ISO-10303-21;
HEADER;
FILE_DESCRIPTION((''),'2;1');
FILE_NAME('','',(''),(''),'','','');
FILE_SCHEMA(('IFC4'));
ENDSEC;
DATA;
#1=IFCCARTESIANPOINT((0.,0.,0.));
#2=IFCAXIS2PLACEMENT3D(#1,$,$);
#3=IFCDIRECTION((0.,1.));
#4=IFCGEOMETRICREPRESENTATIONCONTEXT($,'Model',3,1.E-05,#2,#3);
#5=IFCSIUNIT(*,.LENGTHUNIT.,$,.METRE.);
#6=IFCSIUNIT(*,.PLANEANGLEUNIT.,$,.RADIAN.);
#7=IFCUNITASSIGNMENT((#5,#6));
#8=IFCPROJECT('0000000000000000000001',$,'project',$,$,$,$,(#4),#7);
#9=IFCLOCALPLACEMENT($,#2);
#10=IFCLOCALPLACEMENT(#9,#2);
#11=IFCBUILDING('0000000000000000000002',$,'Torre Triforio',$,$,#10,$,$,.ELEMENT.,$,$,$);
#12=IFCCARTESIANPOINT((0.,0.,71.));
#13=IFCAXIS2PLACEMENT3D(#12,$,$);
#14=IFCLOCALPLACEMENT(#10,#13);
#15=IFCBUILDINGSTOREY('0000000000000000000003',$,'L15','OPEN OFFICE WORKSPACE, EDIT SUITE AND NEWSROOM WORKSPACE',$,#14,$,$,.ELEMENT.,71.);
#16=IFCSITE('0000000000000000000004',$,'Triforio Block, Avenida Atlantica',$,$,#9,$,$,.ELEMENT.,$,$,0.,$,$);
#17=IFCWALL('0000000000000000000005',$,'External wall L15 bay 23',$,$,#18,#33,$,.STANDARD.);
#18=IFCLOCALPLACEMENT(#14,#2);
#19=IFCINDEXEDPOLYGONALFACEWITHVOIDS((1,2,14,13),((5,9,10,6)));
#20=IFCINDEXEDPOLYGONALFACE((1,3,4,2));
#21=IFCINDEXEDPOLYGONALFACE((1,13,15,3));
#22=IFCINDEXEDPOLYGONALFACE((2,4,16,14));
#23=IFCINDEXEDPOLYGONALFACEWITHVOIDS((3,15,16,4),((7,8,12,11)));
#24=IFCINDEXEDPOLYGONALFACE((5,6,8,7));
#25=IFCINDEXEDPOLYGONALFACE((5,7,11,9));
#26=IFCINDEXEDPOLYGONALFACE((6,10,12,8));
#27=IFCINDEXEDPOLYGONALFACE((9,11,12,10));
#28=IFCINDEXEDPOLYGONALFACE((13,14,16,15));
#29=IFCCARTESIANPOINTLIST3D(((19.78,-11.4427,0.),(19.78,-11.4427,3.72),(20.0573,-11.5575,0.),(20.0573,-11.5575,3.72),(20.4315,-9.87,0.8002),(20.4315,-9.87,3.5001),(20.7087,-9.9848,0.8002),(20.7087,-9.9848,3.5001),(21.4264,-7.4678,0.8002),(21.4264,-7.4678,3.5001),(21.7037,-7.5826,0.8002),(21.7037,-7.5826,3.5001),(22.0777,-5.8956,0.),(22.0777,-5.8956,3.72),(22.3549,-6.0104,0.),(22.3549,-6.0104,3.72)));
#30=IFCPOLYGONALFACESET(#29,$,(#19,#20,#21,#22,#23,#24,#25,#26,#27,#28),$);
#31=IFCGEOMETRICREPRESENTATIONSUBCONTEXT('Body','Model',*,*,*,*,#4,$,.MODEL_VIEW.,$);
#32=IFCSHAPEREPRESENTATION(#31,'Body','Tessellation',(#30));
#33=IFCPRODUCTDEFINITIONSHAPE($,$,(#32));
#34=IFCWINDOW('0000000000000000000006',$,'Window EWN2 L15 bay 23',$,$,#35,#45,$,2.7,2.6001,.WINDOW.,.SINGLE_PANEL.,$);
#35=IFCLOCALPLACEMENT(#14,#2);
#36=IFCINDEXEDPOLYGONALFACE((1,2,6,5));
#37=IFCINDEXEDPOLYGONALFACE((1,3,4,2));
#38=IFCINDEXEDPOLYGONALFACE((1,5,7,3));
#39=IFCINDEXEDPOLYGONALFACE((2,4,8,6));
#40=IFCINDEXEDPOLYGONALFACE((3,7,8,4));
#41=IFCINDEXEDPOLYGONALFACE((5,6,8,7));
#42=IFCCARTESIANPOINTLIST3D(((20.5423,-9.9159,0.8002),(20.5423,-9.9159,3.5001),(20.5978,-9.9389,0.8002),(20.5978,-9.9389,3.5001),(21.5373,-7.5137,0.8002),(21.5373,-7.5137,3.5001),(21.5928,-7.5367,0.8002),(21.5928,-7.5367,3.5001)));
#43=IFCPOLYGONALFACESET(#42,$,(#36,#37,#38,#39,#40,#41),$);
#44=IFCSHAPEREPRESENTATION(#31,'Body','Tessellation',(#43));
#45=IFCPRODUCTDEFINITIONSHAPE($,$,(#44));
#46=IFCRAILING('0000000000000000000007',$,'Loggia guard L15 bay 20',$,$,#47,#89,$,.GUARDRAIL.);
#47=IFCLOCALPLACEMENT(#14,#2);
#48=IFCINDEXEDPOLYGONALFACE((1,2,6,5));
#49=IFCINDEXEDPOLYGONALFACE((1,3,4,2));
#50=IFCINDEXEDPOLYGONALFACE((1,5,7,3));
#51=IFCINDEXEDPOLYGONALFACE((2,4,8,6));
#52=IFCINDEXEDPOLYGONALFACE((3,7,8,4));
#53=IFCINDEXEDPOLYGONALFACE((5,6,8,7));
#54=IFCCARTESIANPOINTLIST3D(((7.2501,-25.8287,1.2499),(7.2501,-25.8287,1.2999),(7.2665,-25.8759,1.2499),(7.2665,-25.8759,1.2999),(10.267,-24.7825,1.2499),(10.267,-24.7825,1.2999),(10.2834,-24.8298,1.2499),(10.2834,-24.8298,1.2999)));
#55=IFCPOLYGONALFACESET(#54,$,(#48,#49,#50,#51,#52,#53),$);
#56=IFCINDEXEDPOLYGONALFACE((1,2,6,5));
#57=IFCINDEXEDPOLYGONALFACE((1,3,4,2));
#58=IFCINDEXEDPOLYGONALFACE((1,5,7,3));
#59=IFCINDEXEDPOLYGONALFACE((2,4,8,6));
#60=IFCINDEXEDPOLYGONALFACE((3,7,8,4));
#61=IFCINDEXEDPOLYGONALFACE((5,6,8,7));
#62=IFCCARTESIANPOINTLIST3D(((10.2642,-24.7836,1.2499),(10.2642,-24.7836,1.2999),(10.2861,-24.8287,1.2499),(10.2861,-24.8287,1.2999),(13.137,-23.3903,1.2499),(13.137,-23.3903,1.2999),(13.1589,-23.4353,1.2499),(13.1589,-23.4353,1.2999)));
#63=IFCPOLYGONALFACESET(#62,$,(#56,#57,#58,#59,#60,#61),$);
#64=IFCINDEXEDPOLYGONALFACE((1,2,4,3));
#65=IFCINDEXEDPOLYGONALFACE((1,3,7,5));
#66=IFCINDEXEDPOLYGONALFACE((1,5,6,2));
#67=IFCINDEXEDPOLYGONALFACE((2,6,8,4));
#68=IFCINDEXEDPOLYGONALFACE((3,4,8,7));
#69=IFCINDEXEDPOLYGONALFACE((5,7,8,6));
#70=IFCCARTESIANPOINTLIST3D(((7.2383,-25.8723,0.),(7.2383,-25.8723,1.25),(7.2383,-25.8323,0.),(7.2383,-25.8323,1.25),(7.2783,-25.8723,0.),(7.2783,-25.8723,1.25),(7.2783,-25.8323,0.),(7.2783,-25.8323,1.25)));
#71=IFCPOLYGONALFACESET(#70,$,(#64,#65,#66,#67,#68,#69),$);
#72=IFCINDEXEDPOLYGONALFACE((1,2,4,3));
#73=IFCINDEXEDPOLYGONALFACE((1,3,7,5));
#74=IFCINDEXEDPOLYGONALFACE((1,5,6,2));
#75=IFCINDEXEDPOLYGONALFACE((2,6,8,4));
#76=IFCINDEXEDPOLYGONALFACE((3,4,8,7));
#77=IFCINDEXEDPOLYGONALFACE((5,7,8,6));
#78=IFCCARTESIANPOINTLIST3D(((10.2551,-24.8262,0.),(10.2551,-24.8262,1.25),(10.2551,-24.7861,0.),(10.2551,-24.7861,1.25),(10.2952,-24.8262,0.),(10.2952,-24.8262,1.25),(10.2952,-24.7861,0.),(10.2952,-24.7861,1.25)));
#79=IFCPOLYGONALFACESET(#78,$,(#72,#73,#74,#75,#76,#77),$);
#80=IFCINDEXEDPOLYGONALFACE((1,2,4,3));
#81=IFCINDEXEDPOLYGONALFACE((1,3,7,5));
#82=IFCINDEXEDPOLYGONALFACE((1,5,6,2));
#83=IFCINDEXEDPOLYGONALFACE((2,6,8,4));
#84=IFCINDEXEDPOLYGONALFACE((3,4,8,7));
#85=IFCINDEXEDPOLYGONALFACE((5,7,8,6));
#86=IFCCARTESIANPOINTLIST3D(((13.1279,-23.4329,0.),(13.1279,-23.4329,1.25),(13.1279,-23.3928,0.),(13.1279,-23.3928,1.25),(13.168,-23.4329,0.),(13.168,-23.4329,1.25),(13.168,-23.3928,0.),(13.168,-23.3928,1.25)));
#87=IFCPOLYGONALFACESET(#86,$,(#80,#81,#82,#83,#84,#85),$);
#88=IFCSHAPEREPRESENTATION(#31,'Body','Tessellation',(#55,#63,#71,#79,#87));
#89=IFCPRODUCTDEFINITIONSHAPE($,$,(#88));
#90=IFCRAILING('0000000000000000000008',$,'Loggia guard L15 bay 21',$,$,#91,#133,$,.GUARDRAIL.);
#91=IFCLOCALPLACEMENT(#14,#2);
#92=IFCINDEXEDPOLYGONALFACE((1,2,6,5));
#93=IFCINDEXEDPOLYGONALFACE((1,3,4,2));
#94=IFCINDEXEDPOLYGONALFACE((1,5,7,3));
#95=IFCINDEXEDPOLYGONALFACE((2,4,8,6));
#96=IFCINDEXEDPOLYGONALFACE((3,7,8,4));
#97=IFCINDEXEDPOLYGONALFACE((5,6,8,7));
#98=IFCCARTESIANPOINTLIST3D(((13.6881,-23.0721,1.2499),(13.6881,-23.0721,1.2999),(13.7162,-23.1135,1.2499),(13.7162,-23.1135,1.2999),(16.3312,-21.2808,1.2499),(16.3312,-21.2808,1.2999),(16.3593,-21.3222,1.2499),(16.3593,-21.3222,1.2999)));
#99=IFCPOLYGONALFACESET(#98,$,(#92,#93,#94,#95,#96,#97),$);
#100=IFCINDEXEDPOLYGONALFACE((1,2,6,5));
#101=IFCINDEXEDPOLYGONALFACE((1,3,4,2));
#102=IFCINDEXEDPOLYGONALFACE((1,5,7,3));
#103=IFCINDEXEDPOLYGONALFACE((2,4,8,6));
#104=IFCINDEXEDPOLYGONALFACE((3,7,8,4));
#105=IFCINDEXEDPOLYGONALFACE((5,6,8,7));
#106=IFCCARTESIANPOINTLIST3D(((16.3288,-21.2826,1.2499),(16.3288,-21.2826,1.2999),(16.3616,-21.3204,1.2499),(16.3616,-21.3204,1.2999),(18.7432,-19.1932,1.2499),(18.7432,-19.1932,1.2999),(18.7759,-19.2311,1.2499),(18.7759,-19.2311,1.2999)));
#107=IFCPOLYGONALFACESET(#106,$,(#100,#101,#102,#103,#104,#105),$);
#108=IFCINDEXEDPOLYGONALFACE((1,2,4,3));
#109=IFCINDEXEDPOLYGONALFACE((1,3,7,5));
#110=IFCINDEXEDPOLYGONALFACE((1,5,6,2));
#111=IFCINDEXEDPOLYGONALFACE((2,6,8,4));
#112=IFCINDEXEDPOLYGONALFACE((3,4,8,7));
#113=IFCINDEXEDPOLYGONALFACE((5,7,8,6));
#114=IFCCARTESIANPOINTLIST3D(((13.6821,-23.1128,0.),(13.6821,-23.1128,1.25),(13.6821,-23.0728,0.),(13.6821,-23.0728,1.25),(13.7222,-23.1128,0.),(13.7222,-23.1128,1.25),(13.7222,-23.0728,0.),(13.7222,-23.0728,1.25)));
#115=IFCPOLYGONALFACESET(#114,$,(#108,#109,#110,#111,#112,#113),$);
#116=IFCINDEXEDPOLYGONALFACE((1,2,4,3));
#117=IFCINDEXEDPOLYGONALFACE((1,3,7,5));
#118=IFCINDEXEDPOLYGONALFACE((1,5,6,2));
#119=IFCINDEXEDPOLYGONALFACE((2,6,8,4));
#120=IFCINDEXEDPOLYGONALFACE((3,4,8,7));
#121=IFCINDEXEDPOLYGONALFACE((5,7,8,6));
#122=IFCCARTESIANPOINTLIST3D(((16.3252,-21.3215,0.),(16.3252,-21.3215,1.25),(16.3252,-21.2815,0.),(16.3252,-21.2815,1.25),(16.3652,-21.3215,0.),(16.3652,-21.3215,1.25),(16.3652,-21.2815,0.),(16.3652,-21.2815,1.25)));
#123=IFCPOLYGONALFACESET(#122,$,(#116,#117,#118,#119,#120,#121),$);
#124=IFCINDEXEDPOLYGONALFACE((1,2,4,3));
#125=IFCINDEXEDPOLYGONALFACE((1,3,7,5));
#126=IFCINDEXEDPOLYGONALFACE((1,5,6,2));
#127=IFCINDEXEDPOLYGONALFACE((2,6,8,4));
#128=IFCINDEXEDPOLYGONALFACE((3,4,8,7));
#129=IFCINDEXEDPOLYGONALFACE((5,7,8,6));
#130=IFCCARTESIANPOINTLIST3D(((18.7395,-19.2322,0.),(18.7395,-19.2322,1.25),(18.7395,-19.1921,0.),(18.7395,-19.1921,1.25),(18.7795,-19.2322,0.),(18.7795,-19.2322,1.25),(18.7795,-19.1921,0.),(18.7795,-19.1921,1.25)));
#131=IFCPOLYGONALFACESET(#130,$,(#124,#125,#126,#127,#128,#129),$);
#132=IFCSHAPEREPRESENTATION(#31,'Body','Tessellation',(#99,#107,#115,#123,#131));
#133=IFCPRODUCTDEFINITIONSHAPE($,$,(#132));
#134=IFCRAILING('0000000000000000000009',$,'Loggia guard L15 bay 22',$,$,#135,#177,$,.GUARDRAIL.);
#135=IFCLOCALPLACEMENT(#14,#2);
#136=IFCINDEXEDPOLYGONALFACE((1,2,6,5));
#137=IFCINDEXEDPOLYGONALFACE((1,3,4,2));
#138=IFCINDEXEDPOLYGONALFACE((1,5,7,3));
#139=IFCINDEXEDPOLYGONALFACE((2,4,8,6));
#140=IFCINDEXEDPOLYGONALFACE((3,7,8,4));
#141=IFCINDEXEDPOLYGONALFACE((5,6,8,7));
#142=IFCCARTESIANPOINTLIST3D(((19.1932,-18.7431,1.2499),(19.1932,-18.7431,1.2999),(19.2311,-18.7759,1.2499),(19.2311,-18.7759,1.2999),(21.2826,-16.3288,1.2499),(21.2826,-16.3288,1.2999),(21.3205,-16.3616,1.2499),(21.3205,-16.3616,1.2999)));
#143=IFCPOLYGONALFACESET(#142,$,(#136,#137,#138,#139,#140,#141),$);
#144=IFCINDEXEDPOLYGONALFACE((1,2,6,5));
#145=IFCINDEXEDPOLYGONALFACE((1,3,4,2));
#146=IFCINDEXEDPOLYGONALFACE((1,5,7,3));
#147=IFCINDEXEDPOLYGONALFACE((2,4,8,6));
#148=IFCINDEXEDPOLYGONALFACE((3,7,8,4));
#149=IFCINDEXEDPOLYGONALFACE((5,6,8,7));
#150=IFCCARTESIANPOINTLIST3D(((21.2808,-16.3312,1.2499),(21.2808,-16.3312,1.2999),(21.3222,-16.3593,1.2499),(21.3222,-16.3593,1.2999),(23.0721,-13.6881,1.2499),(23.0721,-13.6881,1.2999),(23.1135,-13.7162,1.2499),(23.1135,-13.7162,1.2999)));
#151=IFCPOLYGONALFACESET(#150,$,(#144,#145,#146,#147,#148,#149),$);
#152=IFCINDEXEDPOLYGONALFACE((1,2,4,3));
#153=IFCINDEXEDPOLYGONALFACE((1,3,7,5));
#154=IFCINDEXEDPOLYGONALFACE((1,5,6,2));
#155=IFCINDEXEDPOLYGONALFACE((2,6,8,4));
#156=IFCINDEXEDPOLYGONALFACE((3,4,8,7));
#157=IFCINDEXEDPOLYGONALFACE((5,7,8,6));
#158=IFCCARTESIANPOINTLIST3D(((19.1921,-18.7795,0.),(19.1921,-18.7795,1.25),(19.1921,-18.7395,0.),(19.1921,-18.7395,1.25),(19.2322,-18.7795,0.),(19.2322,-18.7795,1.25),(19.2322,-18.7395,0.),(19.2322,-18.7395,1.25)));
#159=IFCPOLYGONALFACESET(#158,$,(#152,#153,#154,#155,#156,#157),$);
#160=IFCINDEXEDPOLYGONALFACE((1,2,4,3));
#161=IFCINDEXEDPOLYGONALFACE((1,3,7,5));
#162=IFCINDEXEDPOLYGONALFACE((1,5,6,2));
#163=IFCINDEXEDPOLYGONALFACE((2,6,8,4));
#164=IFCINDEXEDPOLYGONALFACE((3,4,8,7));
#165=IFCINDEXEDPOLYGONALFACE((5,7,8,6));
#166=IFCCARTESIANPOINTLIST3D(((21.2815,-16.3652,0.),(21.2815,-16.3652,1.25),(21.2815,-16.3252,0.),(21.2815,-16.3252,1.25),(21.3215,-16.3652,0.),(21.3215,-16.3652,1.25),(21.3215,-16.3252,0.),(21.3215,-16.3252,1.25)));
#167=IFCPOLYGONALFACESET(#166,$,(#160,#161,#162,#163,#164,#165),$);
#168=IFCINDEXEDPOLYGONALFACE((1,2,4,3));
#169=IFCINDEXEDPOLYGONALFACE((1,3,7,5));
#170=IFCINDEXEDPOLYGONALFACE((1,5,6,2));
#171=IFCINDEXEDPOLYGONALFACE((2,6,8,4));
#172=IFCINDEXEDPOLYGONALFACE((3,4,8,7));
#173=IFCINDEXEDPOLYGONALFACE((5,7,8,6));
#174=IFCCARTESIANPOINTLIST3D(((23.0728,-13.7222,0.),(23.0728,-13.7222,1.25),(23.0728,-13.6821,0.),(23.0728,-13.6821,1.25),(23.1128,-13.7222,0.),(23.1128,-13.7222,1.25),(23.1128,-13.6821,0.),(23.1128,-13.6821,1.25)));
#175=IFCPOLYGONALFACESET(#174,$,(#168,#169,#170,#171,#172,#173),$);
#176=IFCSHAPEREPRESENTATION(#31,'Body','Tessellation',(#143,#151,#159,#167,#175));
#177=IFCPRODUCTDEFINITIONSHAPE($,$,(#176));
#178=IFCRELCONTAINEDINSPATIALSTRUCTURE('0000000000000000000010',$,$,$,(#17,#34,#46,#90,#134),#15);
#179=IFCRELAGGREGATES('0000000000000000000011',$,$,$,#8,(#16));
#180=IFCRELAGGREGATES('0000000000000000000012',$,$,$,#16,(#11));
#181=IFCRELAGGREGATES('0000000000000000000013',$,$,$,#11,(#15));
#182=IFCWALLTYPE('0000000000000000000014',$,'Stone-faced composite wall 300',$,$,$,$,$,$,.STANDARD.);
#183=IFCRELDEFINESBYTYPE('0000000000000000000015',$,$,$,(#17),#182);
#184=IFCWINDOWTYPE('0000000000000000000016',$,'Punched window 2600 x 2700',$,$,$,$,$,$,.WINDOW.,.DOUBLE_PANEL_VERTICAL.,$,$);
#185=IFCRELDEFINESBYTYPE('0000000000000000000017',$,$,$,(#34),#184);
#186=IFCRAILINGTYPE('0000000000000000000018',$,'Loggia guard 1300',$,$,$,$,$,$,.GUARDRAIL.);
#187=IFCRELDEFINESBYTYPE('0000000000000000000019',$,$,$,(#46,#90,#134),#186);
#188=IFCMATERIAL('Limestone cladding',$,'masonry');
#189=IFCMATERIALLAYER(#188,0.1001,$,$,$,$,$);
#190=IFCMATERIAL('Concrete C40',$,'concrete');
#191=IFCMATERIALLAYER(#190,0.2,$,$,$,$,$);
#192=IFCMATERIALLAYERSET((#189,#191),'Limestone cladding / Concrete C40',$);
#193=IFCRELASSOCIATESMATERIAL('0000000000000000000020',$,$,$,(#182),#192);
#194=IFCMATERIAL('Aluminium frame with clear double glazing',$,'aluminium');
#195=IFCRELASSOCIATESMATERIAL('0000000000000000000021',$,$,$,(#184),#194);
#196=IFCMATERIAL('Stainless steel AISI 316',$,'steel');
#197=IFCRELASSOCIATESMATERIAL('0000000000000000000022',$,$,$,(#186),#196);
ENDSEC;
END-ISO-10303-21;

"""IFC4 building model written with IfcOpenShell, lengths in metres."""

from ifc_helpers import new_model, si_unit, direction, frame, frame_2d, origin, origin_2d, place, context, subcontext, project, spatial, rectangle, extrude, material, layer, layer_set, type_object, element, fill, save


model = new_model("IFC4")

# Units and contexts
model_context = context("Model", 3, precision=1e-05, world=origin(), true_north=direction((0.0, 1.0)))
body_context = subcontext(model_context, "Body", "Model", "MODEL_VIEW")
ifc_project = project(units=[si_unit("LENGTHUNIT", "METRE"), si_unit("PLANEANGLEUNIT", "RADIAN")], contexts=[model_context])

# Site, building, storey
site_placement = place(None, origin())
site = spatial("IfcSite", under=ifc_project, at=site_placement, Name="Triforio Block, Avenida Atlantica", CompositionType="ELEMENT", RefElevation=0.0)
building_placement = place(site_placement, origin())
building = spatial("IfcBuilding", under=site, at=building_placement, Name="Torre Triforio", CompositionType="ELEMENT")
storey_placement = place(building_placement, frame((0.0, 0.0, 71.0)))
storey = spatial("IfcBuildingStorey", under=building, at=storey_placement, Name="L15", Description="OPEN OFFICE WORKSPACE, EDIT SUITE AND NEWSROOM WORKSPACE", CompositionType="ELEMENT", Elevation=71.0)

# Shared definitions
ifc_material_1 = material(Name="Limestone cladding", Category="masonry")
ifc_material_2 = material(Name="Concrete C40", Category="concrete")

# Shared definitions
ifc_layer_1 = layer(ifc_material_1, 0.1001)
ifc_layer_2 = layer(ifc_material_2, 0.2)
ifc_layer_set_1 = layer_set([ifc_layer_1, ifc_layer_2], Name="Limestone cladding / Concrete C40")
wall_type_1 = type_object("IfcWallType", Name="Stone-faced composite wall 300", PredefinedType="STANDARD", material=ifc_layer_set_1)
ifc_material_3 = material(Name="Aluminium frame with clear double glazing", Category="aluminium")
window_type_1 = type_object("IfcWindowType", Name="Punched window 2600 x 2700", PartitioningType="DOUBLE_PANEL_VERTICAL", PredefinedType="WINDOW", material=ifc_material_3)

# Wall, opening, window
wall_1_placement = place(storey_placement, frame((19.9187, -11.5, 0.0), z_axis=(0.0, 0.0, 1.0), x_axis=(0.382671, 0.923885, 0.0)))
wall_1 = element("IfcWall", 1, at=wall_1_placement, inside=storey, type_object=wall_type_1, Name="External wall L15 bay 23", PredefinedType="STANDARD", context=body_context, shape_type="SweptSolid", body=[
    extrude(rectangle(XDim=6.0042, YDim=0.3, at=frame_2d((3.002, 0.0))), origin(), (0.0, 0.0, 1.0), 3.72),
])
opening_1_placement = place(wall_1_placement, frame((1.7021, 0.0, 0.8)))
opening_1 = element("IfcOpeningElement", 2, at=opening_1_placement, cuts=wall_1, PredefinedType="OPENING", context=body_context, shape_type="SweptSolid", body=[
    extrude(rectangle(XDim=2.6001, YDim=2.7, at=frame_2d((1.3, 1.3501))), frame((0.0, 0.1599, 0.0), z_axis=(0.0, -1.0, 0.0), x_axis=(1.0, 0.0, 0.0)), (0.0, 0.0, 1.0), 0.3201),
])
window_1_placement = place(opening_1_placement, origin())
window_1 = element("IfcWindow", 3, at=window_1_placement, inside=storey, type_object=window_type_1, Name="Window EWN2 L15 bay 23", OverallHeight=2.7, OverallWidth=2.6001, PartitioningType="SINGLE_PANEL", PredefinedType="WINDOW", context=body_context, shape_type="SweptSolid", body=[
    extrude(rectangle(XDim=2.6001, YDim=2.7, at=frame_2d((1.3, 1.3501))), frame((0.0, 0.03, 0.0), z_axis=(0.0, -1.0, 0.0), x_axis=(1.0, 0.0, 0.0)), (0.0, 0.0, 1.0), 0.0601),
])
fill(opening_1, window_1)

# Railings
ifc_material_4 = material(Name="Stainless steel AISI 316", Category="steel")
railing_type = type_object("IfcRailingType", Name="Loggia guard 1300", PredefinedType="GUARDRAIL", material=ifc_material_4)
railing_1_placement = place(storey_placement, frame((7.2583, -25.8523, 0.0)))
element("IfcRailing", 4, at=railing_1_placement, inside=storey, type_object=railing_type, Name="Loggia guard L15 bay 20", PredefinedType="GUARDRAIL", context=body_context, shape_type="SweptSolid", body=[
    extrude(rectangle(XDim=0.05, YDim=0.05, at=origin_2d()), frame((0.0, 0.0, 1.2749), z_axis=(0.944807, 0.327628, 0.0), x_axis=(-0.327628, 0.944807, 0.0)), (0.0, 0.0, 1.0), 3.1931),
    extrude(rectangle(XDim=0.05, YDim=0.05, at=origin_2d()), frame((3.0168, 1.0461, 1.2749), z_axis=(0.89976, 0.436384, 0.0), x_axis=(-0.436384, 0.89976, 0.0)), (0.0, 0.0, 1.0), 3.1929),
    extrude(rectangle(XDim=0.04, YDim=0.04, at=origin_2d()), origin(), (0.0, 0.0, 1.0), 1.25),
    extrude(rectangle(XDim=0.04, YDim=0.04, at=origin_2d()), frame((3.0168, 1.0461, 0.0)), (0.0, 0.0, 1.0), 1.25),
    extrude(rectangle(XDim=0.04, YDim=0.04, at=origin_2d()), frame((5.8896, 2.4395, 0.0)), (0.0, 0.0, 1.0), 1.25),
])
railing_2_placement = place(storey_placement, frame((13.7021, -23.0928, 0.0)))
element("IfcRailing", 5, at=railing_2_placement, inside=storey, type_object=railing_type, Name="Loggia guard L15 bay 21", PredefinedType="GUARDRAIL", context=body_context, shape_type="SweptSolid", body=[
    extrude(rectangle(XDim=0.05, YDim=0.05, at=origin_2d()), frame((0.0, 0.0, 1.2749), z_axis=(0.827803, 0.561019, 0.0), x_axis=(-0.561019, 0.827803, 0.0)), (0.0, 0.0, 1.0), 3.1929),
    extrude(rectangle(XDim=0.05, YDim=0.05, at=origin_2d()), frame((2.6431, 1.7913, 1.2749), z_axis=(0.756161, 0.654386, 0.0), x_axis=(-0.654386, 0.756161, 0.0)), (0.0, 0.0, 1.0), 3.1929),
    extrude(rectangle(XDim=0.04, YDim=0.04, at=origin_2d()), origin(), (0.0, 0.0, 1.0), 1.25),
    extrude(rectangle(XDim=0.04, YDim=0.04, at=origin_2d()), frame((2.6431, 1.7913, 0.0)), (0.0, 0.0, 1.0), 1.25),
    extrude(rectangle(XDim=0.04, YDim=0.04, at=origin_2d()), frame((5.0574, 3.8806, 0.0)), (0.0, 0.0, 1.0), 1.25),
])
railing_3_placement = place(storey_placement, frame((19.2122, -18.7595, 0.0)))
element("IfcRailing", 6, at=railing_3_placement, inside=storey, type_object=railing_type, Name="Loggia guard L15 bay 22", PredefinedType="GUARDRAIL", context=body_context, shape_type="SweptSolid", body=[
    extrude(rectangle(XDim=0.05, YDim=0.05, at=origin_2d()), frame((0.0, 0.0, 1.2749), z_axis=(0.654386, 0.756161, 0.0), x_axis=(-0.756161, 0.654386, 0.0)), (0.0, 0.0, 1.0), 3.1929),
    extrude(rectangle(XDim=0.05, YDim=0.05, at=origin_2d()), frame((2.0894, 2.4143, 1.2749), z_axis=(0.561019, 0.827803, 0.0), x_axis=(-0.827803, 0.561019, 0.0)), (0.0, 0.0, 1.0), 3.1929),
    extrude(rectangle(XDim=0.04, YDim=0.04, at=origin_2d()), origin(), (0.0, 0.0, 1.0), 1.25),
    extrude(rectangle(XDim=0.04, YDim=0.04, at=origin_2d()), frame((2.0894, 2.4143, 0.0)), (0.0, 0.0, 1.0), 1.25),
    extrude(rectangle(XDim=0.04, YDim=0.04, at=origin_2d()), frame((3.8806, 5.0574, 0.0)), (0.0, 0.0, 1.0), 1.25),
])

save(model, "model.ifc")
